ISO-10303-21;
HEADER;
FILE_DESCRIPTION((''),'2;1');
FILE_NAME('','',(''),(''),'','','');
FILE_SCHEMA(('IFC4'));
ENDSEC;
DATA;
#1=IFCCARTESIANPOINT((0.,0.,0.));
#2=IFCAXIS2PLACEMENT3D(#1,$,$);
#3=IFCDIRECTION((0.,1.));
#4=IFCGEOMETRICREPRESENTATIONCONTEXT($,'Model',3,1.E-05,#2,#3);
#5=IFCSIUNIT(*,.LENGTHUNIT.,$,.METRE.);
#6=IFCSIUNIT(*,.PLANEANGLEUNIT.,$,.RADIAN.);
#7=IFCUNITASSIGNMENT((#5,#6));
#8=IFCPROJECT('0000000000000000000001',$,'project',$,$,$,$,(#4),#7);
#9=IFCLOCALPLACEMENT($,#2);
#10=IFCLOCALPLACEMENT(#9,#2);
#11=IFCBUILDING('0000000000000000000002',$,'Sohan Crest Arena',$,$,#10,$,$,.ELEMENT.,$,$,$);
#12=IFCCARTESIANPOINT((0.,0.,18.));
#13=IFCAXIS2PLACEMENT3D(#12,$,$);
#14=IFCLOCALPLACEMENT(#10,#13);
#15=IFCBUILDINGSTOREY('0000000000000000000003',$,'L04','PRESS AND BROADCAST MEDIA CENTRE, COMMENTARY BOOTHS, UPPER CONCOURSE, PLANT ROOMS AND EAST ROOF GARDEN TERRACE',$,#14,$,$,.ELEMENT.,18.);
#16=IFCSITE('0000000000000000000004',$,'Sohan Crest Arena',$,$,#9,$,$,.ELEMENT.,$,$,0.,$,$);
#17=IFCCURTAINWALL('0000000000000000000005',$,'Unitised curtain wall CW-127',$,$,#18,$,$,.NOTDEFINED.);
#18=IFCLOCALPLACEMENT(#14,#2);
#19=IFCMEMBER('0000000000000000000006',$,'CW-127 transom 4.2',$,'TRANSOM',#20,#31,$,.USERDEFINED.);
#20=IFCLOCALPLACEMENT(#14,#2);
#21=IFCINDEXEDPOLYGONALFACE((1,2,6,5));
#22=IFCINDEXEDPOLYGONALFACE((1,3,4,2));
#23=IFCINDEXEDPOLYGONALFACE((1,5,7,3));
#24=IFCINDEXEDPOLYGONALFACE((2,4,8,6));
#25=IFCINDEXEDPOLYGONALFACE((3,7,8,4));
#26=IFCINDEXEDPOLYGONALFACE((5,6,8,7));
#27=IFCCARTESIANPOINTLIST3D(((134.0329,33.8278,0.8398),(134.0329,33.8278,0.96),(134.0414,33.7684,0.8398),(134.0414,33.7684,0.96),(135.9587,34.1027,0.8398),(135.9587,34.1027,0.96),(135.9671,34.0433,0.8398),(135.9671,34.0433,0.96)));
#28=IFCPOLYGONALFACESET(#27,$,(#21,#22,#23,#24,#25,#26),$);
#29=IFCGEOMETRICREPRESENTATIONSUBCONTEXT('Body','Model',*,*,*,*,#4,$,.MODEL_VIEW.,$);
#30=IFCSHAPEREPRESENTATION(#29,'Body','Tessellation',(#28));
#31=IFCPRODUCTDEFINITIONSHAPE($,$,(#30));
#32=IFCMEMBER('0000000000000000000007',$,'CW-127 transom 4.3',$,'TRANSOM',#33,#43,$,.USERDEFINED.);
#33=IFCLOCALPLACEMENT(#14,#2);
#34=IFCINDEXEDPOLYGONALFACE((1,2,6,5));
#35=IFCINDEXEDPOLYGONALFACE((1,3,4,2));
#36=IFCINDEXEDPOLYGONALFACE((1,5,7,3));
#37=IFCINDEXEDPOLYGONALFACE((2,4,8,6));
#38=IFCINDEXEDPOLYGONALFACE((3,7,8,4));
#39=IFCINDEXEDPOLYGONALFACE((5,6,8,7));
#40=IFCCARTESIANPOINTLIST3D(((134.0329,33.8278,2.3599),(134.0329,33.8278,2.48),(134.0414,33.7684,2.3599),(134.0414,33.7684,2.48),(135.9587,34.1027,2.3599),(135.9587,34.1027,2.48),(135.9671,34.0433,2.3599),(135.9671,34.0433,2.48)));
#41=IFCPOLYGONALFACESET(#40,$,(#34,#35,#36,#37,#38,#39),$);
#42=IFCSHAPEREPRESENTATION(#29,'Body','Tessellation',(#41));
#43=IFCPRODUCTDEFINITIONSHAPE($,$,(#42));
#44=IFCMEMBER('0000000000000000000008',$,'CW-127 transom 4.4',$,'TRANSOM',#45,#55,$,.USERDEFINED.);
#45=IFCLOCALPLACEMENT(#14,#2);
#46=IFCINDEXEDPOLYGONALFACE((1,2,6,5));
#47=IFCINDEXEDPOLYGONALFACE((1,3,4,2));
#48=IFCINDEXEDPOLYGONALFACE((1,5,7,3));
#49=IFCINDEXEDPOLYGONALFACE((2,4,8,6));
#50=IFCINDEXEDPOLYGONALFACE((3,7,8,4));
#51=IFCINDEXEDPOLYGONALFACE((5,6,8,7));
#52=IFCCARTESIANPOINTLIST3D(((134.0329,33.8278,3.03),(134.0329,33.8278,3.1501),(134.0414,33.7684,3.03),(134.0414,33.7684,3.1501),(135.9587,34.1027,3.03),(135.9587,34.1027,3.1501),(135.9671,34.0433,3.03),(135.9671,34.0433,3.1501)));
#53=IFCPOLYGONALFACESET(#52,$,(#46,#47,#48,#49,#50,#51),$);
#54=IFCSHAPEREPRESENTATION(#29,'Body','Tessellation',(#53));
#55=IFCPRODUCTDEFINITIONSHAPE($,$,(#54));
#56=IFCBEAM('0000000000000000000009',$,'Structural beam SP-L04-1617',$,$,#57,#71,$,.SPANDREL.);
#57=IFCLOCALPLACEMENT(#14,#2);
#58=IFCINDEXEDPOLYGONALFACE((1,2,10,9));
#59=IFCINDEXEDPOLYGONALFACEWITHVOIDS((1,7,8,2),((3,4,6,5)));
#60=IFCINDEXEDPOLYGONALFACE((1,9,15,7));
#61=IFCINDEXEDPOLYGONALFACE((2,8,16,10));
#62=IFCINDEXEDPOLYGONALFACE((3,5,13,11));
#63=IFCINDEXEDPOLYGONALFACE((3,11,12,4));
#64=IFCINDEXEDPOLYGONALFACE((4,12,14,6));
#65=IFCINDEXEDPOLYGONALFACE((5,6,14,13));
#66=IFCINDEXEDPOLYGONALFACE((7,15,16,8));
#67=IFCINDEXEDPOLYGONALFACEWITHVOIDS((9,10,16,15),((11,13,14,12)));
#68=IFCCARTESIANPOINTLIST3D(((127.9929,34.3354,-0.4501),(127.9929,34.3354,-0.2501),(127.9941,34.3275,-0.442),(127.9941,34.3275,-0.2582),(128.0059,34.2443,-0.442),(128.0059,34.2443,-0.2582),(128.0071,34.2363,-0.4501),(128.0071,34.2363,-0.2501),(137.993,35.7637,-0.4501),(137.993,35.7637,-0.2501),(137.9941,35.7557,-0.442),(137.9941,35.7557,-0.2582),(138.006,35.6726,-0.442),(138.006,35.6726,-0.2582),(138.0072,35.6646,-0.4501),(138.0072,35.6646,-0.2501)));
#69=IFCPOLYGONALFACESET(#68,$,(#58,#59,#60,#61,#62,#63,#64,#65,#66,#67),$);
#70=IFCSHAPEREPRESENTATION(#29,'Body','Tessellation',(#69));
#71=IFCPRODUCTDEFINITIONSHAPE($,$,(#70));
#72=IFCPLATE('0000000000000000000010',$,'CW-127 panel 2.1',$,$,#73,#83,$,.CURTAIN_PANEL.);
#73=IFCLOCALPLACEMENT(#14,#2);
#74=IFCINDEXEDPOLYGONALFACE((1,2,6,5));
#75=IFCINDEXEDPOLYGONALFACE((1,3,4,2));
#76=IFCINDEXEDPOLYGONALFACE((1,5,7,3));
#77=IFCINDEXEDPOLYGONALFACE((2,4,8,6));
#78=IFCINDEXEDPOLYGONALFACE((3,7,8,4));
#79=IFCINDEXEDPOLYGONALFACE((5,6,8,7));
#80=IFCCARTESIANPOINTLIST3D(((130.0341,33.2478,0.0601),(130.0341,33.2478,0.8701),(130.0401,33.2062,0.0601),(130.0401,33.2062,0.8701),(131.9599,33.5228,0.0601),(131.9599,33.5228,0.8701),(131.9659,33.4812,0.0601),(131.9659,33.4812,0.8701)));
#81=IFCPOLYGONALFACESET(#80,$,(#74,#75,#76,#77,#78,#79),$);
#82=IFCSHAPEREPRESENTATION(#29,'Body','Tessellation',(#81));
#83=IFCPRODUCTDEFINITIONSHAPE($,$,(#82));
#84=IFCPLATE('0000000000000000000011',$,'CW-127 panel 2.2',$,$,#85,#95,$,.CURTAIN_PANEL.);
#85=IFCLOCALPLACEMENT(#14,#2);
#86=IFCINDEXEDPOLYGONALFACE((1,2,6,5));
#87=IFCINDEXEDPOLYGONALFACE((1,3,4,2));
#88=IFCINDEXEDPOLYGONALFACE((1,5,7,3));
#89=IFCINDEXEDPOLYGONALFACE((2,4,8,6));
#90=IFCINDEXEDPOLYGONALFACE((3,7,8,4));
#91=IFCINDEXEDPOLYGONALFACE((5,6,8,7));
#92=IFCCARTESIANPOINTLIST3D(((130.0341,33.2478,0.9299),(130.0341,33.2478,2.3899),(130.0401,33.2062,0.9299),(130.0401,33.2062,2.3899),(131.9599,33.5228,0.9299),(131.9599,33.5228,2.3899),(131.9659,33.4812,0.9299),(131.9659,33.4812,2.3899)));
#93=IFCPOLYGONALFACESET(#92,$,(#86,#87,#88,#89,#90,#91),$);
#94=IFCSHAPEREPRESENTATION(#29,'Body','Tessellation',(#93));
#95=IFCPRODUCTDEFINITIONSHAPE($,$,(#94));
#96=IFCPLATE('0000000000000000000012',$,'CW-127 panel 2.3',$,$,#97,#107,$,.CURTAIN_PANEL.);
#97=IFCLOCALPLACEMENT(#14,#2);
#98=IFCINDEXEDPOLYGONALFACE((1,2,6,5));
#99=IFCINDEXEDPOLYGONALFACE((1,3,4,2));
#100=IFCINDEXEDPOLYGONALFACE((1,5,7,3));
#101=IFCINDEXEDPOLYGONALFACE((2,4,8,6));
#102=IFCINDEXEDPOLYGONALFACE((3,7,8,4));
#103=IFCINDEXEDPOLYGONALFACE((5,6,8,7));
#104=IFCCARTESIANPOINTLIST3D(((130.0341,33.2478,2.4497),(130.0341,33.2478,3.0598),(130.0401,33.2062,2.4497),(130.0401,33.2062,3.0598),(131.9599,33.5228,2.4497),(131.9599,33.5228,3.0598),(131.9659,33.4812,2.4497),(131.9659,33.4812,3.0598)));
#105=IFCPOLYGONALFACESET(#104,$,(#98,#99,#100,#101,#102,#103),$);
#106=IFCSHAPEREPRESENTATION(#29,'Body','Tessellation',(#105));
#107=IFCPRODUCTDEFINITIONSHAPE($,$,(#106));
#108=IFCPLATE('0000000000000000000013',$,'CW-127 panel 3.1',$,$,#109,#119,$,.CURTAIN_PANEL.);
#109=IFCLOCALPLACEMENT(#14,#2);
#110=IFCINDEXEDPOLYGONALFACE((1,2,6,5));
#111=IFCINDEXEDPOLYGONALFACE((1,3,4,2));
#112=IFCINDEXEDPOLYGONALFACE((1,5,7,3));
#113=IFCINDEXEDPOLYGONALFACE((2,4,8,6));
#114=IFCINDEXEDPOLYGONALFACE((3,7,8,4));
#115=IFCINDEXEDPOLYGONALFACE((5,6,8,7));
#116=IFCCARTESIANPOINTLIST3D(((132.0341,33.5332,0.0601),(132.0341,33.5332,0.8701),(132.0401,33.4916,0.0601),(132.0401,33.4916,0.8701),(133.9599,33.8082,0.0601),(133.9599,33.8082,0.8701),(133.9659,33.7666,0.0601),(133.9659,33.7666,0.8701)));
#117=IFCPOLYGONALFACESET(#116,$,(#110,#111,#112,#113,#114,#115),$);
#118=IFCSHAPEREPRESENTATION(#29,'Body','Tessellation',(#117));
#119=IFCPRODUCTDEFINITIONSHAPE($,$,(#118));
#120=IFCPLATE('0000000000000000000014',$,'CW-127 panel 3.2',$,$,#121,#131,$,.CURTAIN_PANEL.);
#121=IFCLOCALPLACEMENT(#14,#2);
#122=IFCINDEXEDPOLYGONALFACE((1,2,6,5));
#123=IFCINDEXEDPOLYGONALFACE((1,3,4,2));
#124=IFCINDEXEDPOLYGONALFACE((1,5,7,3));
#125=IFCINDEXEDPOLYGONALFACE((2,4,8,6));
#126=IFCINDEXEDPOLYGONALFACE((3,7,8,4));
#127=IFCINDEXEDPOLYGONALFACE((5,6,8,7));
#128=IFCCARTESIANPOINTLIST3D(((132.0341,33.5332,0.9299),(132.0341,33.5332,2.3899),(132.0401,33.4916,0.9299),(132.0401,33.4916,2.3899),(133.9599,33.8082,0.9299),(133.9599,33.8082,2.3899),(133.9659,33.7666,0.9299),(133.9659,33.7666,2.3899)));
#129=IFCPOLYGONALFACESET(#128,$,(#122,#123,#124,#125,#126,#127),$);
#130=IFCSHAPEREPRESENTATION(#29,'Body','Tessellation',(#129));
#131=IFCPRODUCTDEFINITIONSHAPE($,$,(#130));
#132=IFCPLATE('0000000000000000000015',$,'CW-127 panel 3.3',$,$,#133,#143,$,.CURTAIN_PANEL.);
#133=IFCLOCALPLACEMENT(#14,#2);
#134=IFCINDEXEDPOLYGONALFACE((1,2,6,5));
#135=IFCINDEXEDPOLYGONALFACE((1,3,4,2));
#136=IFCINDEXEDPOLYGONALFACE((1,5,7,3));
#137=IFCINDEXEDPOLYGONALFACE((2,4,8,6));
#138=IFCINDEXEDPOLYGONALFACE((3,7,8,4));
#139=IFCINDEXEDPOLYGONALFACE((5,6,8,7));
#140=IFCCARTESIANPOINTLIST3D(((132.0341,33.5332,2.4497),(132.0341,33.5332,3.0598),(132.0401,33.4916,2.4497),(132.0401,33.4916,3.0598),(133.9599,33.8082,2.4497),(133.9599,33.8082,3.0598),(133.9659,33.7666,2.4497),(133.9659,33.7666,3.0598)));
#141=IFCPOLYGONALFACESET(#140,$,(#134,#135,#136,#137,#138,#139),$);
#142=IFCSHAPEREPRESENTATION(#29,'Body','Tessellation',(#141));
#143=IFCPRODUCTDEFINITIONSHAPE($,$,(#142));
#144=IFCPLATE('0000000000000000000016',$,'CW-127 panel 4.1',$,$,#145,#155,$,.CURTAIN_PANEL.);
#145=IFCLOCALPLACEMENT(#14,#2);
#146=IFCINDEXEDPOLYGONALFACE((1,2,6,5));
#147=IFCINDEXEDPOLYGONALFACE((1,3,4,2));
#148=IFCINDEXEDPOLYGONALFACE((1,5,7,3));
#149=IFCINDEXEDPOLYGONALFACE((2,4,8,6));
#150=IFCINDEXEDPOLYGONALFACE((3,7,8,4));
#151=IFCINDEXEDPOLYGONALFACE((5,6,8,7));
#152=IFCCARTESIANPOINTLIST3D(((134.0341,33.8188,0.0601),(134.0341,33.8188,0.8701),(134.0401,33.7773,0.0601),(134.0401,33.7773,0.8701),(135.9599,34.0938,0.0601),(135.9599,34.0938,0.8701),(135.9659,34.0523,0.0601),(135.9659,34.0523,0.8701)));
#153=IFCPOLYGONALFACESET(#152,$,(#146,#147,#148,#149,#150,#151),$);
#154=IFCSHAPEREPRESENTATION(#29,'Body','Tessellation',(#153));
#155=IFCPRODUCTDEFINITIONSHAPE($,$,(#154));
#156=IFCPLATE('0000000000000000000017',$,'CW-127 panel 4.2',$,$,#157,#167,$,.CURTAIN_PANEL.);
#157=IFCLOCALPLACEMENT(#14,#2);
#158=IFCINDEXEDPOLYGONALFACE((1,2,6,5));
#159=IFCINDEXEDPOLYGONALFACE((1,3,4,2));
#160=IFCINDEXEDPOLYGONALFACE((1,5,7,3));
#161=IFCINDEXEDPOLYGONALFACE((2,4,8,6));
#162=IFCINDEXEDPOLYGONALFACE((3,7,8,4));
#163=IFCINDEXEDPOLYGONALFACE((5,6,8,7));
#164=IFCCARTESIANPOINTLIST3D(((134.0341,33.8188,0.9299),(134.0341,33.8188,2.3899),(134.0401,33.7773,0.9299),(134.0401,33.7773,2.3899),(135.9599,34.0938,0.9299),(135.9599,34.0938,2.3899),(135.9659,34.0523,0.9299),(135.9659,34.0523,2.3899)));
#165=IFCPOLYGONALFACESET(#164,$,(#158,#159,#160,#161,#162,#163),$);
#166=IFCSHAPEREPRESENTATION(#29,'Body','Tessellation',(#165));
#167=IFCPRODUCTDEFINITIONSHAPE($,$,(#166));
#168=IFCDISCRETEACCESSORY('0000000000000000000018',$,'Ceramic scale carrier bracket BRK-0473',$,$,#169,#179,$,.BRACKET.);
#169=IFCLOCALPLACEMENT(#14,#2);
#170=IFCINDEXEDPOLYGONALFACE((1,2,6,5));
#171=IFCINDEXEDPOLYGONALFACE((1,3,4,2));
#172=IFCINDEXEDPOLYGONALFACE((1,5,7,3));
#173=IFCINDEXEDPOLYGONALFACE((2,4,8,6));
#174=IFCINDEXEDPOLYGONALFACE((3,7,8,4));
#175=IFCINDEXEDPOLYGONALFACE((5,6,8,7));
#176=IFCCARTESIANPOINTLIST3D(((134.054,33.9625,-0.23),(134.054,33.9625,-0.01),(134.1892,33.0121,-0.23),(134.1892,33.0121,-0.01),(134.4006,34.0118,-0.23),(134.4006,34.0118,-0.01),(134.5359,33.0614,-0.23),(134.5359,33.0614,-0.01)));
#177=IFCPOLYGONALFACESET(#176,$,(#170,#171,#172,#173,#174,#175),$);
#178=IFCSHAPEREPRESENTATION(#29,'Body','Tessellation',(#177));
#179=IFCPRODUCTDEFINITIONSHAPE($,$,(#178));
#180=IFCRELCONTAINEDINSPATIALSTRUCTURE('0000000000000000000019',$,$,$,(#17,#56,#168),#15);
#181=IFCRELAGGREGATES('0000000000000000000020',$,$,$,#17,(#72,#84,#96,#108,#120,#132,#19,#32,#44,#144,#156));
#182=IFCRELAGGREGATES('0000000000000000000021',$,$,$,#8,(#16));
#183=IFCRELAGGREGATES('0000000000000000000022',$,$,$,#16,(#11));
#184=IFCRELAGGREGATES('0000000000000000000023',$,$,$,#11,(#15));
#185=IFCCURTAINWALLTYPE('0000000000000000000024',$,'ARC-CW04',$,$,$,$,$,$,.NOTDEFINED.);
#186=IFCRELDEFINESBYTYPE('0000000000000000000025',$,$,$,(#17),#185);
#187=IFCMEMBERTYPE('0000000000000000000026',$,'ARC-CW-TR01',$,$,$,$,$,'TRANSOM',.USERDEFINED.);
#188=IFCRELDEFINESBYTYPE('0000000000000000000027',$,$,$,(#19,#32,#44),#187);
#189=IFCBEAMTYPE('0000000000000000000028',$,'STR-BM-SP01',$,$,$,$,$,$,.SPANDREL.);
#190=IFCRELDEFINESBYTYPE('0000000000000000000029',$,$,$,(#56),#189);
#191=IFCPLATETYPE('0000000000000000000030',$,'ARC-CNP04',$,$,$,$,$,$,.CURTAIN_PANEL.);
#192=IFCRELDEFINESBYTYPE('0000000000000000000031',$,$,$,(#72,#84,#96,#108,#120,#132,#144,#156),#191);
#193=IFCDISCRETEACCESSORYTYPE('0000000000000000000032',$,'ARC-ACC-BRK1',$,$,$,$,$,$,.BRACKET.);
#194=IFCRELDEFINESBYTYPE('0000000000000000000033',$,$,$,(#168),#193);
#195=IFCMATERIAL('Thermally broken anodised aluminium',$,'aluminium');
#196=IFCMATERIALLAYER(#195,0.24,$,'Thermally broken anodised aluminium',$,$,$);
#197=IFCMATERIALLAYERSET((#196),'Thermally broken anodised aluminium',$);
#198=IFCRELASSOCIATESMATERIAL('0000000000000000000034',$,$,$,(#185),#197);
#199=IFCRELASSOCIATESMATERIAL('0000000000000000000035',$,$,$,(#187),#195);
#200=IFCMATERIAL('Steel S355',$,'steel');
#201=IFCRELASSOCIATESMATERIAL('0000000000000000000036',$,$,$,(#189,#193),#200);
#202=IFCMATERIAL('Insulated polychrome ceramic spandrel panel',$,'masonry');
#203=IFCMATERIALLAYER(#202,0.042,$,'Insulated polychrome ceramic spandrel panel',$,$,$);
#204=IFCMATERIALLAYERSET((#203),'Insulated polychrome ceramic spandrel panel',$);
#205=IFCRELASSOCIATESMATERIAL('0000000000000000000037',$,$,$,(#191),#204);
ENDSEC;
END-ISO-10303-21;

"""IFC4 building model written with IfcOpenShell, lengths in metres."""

from ifc_helpers import new_model, si_unit, direction, frame, origin, origin_2d, place, context, subcontext, project, spatial, rectangle, hollow_rectangle, extrude, material, layer, layer_set, material_profile, profile_set, type_object, element, aggregate, save


model = new_model("IFC4")

# Units and contexts
model_context = context("Model", 3, precision=1e-05, world=origin(), true_north=direction((0.0, 1.0)))
body_context = subcontext(model_context, "Body", "Model", "MODEL_VIEW")
ifc_project = project(units=[si_unit("LENGTHUNIT", "METRE"), si_unit("PLANEANGLEUNIT", "RADIAN")], contexts=[model_context])

# Site, building, storey
site_placement = place(None, origin())
site = spatial("IfcSite", under=ifc_project, at=site_placement, Name="Sohan Crest Arena", CompositionType="ELEMENT", RefElevation=0.0)
building_placement = place(site_placement, origin())
building = spatial("IfcBuilding", under=site, at=building_placement, Name="Sohan Crest Arena", CompositionType="ELEMENT")
storey_placement = place(building_placement, frame((0.0, 0.0, 18.0)))
storey = spatial("IfcBuildingStorey", under=building, at=storey_placement, Name="L04", Description="PRESS AND BROADCAST MEDIA CENTRE, COMMENTARY BOOTHS, UPPER CONCOURSE, PLANT ROOMS AND EAST ROOF GARDEN TERRACE", CompositionType="ELEMENT", Elevation=18.0)

# Shared definitions
ifc_material_1 = material(Name="Steel S355", Category="steel")

# Curtain wall, members
ifc_material_2 = material(Name="Thermally broken anodised aluminium", Category="aluminium")
ifc_layer_1 = layer(ifc_material_2, 0.24, Name="Thermally broken anodised aluminium")
ifc_layer_set_1 = layer_set([ifc_layer_1], Name="Thermally broken anodised aluminium")
curtain_wall_type = type_object("IfcCurtainWallType", Name="ARC-CW04", PredefinedType="NOTDEFINED", material=ifc_layer_set_1)
curtain_wall_placement = place(storey_placement, origin())
curtain_wall = element("IfcCurtainWall", 1, at=curtain_wall_placement, inside=storey, type_object=curtain_wall_type, Name="Unitised curtain wall CW-127", PredefinedType="NOTDEFINED")
ifc_material_profile_1 = material_profile(ifc_material_2, rectangle(XDim=0.0601, YDim=0.1201, at=origin_2d()), Name="ALU-TRAN 60x120")
ifc_profile_set_1 = profile_set([ifc_material_profile_1], Name="Thermally broken anodised aluminium")
member_type_1 = type_object("IfcMemberType", Name="ARC-CW-TR01", ElementType="TRANSOM", PredefinedType="USERDEFINED", material=ifc_profile_set_1)
member_1_placement = place(storey_placement, frame((134.0371, 33.7981, 0.8999), z_axis=(0.989965, 0.141316, 0.0), x_axis=(-0.141316, 0.989965, 0.0)))
member_1 = element("IfcMember", 2, at=member_1_placement, type_object=member_type_1, Name="CW-127 transom 4.2", ObjectType="TRANSOM", PredefinedType="USERDEFINED", context=body_context, shape_type="SweptSolid", body=[
    extrude(rectangle(XDim=0.0601, YDim=0.1201, at=origin_2d()), origin(), (0.0, 0.0, 1.0), 1.9453),
])
member_2_placement = place(storey_placement, frame((134.0371, 33.7981, 2.4199), z_axis=(0.989965, 0.141316, 0.0), x_axis=(-0.141316, 0.989965, 0.0)))
member_2 = element("IfcMember", 3, at=member_2_placement, type_object=member_type_1, Name="CW-127 transom 4.3", ObjectType="TRANSOM", PredefinedType="USERDEFINED", context=body_context, shape_type="SweptSolid", body=[
    extrude(rectangle(XDim=0.0601, YDim=0.1201, at=origin_2d()), origin(), (0.0, 0.0, 1.0), 1.9453),
])
member_3_placement = place(storey_placement, frame((134.0371, 33.7981, 3.0901), z_axis=(0.989965, 0.141316, 0.0), x_axis=(-0.141316, 0.989965, 0.0)))
member_3 = element("IfcMember", 4, at=member_3_placement, type_object=member_type_1, Name="CW-127 transom 4.4", ObjectType="TRANSOM", PredefinedType="USERDEFINED", context=body_context, shape_type="SweptSolid", body=[
    extrude(rectangle(XDim=0.0601, YDim=0.1201, at=origin_2d()), origin(), (0.0, 0.0, 1.0), 1.9453),
])

# Beam
ifc_material_profile_2 = material_profile(ifc_material_1, hollow_rectangle(XDim=0.1001, YDim=0.2, WallThickness=0.0081, at=origin_2d()), Name="RHS 200x100x8")
ifc_profile_set_2 = profile_set([ifc_material_profile_2], Name="Steel S355")
beam_type = type_object("IfcBeamType", Name="STR-BM-SP01", PredefinedType="SPANDREL", material=ifc_profile_set_2)
beam_placement = place(storey_placement, frame((128.0, 34.2859, -0.3501), z_axis=(0.989954, 0.141388, 0.0), x_axis=(-0.141388, 0.989954, 0.0)))
element("IfcBeam", 5, at=beam_placement, inside=storey, type_object=beam_type, Name="Structural beam SP-L04-1617", PredefinedType="SPANDREL", context=body_context, shape_type="SweptSolid", body=[
    extrude(hollow_rectangle(XDim=0.1001, YDim=0.2, WallThickness=0.0081, at=origin_2d()), origin(), (0.0, 0.0, 1.0), 10.1016),
])

# Plates
ifc_material_3 = material(Name="Insulated polychrome ceramic spandrel panel", Category="masonry")
ifc_layer_2 = layer(ifc_material_3, 0.042, Name="Insulated polychrome ceramic spandrel panel")
ifc_layer_set_2 = layer_set([ifc_layer_2], Name="Insulated polychrome ceramic spandrel panel")
plate_type = type_object("IfcPlateType", Name="ARC-CNP04", PredefinedType="CURTAIN_PANEL", material=ifc_layer_set_2)
plate_1_placement = place(storey_placement, frame((131.0, 33.3645, 0.0601), z_axis=(0.0, 0.0, 1.0), x_axis=(0.989957, 0.141366, 0.0)))
plate_1 = element("IfcPlate", 6, at=plate_1_placement, type_object=plate_type, Name="CW-127 panel 2.1", PredefinedType="CURTAIN_PANEL", context=body_context, shape_type="SweptSolid", body=[
    extrude(rectangle(XDim=1.9453, YDim=0.042, at=origin_2d()), origin(), (0.0, 0.0, 1.0), 0.8101),
])
plate_2_placement = place(storey_placement, frame((131.0, 33.3645, 0.9299), z_axis=(0.0, 0.0, 1.0), x_axis=(0.989957, 0.141366, 0.0)))
plate_2 = element("IfcPlate", 7, at=plate_2_placement, type_object=plate_type, Name="CW-127 panel 2.2", PredefinedType="CURTAIN_PANEL", context=body_context, shape_type="SweptSolid", body=[
    extrude(rectangle(XDim=1.9453, YDim=0.042, at=origin_2d()), origin(), (0.0, 0.0, 1.0), 1.46),
])
plate_3_placement = place(storey_placement, frame((131.0, 33.3645, 2.4497), z_axis=(0.0, 0.0, 1.0), x_axis=(0.989957, 0.141366, 0.0)))
plate_3 = element("IfcPlate", 8, at=plate_3_placement, type_object=plate_type, Name="CW-127 panel 2.3", PredefinedType="CURTAIN_PANEL", context=body_context, shape_type="SweptSolid", body=[
    extrude(rectangle(XDim=1.9453, YDim=0.042, at=origin_2d()), origin(), (0.0, 0.0, 1.0), 0.6101),
])
plate_4_placement = place(storey_placement, frame((133.0, 33.6499, 0.0601), z_axis=(0.0, 0.0, 1.0), x_axis=(0.989957, 0.141366, 0.0)))
plate_4 = element("IfcPlate", 9, at=plate_4_placement, type_object=plate_type, Name="CW-127 panel 3.1", PredefinedType="CURTAIN_PANEL", context=body_context, shape_type="SweptSolid", body=[
    extrude(rectangle(XDim=1.9453, YDim=0.042, at=origin_2d()), origin(), (0.0, 0.0, 1.0), 0.8101),
])
plate_5_placement = place(storey_placement, frame((133.0, 33.6499, 0.9299), z_axis=(0.0, 0.0, 1.0), x_axis=(0.989957, 0.141366, 0.0)))
plate_5 = element("IfcPlate", 10, at=plate_5_placement, type_object=plate_type, Name="CW-127 panel 3.2", PredefinedType="CURTAIN_PANEL", context=body_context, shape_type="SweptSolid", body=[
    extrude(rectangle(XDim=1.9453, YDim=0.042, at=origin_2d()), origin(), (0.0, 0.0, 1.0), 1.46),
])
plate_6_placement = place(storey_placement, frame((133.0, 33.6499, 2.4497), z_axis=(0.0, 0.0, 1.0), x_axis=(0.989957, 0.141366, 0.0)))
plate_6 = element("IfcPlate", 11, at=plate_6_placement, type_object=plate_type, Name="CW-127 panel 3.3", PredefinedType="CURTAIN_PANEL", context=body_context, shape_type="SweptSolid", body=[
    extrude(rectangle(XDim=1.9453, YDim=0.042, at=origin_2d()), origin(), (0.0, 0.0, 1.0), 0.6101),
])
plate_7_placement = place(storey_placement, frame((135.0, 33.9355, 0.0601), z_axis=(0.0, 0.0, 1.0), x_axis=(0.989957, 0.141366, 0.0)))
plate_7 = element("IfcPlate", 12, at=plate_7_placement, type_object=plate_type, Name="CW-127 panel 4.1", PredefinedType="CURTAIN_PANEL", context=body_context, shape_type="SweptSolid", body=[
    extrude(rectangle(XDim=1.9453, YDim=0.042, at=origin_2d()), origin(), (0.0, 0.0, 1.0), 0.8101),
])
plate_8_placement = place(storey_placement, frame((135.0, 33.9355, 0.9299), z_axis=(0.0, 0.0, 1.0), x_axis=(0.989957, 0.141366, 0.0)))
plate_8 = element("IfcPlate", 13, at=plate_8_placement, type_object=plate_type, Name="CW-127 panel 4.2", PredefinedType="CURTAIN_PANEL", context=body_context, shape_type="SweptSolid", body=[
    extrude(rectangle(XDim=1.9453, YDim=0.042, at=origin_2d()), origin(), (0.0, 0.0, 1.0), 1.46),
])
aggregate(curtain_wall, [plate_1, plate_2, plate_3, plate_4, plate_5, plate_6, member_1, member_2, member_3, plate_7, plate_8])

# Discrete accessory
discrete_accessory_type = type_object("IfcDiscreteAccessoryType", Name="ARC-ACC-BRK1", PredefinedType="BRACKET", material=ifc_material_1)
discrete_accessory_placement = place(storey_placement, frame((134.2949, 33.512, -0.23), z_axis=(0.0, 0.0, 1.0), x_axis=(0.990024, 0.140901, 0.0)))
element("IfcDiscreteAccessory", 14, at=discrete_accessory_placement, inside=storey, type_object=discrete_accessory_type, Name="Ceramic scale carrier bracket BRK-0473", PredefinedType="BRACKET", context=body_context, shape_type="SweptSolid", body=[
    extrude(rectangle(XDim=0.3501, YDim=0.96, at=origin_2d()), origin(), (0.0, 0.0, 1.0), 0.22),
])

save(model, "model.ifc")
